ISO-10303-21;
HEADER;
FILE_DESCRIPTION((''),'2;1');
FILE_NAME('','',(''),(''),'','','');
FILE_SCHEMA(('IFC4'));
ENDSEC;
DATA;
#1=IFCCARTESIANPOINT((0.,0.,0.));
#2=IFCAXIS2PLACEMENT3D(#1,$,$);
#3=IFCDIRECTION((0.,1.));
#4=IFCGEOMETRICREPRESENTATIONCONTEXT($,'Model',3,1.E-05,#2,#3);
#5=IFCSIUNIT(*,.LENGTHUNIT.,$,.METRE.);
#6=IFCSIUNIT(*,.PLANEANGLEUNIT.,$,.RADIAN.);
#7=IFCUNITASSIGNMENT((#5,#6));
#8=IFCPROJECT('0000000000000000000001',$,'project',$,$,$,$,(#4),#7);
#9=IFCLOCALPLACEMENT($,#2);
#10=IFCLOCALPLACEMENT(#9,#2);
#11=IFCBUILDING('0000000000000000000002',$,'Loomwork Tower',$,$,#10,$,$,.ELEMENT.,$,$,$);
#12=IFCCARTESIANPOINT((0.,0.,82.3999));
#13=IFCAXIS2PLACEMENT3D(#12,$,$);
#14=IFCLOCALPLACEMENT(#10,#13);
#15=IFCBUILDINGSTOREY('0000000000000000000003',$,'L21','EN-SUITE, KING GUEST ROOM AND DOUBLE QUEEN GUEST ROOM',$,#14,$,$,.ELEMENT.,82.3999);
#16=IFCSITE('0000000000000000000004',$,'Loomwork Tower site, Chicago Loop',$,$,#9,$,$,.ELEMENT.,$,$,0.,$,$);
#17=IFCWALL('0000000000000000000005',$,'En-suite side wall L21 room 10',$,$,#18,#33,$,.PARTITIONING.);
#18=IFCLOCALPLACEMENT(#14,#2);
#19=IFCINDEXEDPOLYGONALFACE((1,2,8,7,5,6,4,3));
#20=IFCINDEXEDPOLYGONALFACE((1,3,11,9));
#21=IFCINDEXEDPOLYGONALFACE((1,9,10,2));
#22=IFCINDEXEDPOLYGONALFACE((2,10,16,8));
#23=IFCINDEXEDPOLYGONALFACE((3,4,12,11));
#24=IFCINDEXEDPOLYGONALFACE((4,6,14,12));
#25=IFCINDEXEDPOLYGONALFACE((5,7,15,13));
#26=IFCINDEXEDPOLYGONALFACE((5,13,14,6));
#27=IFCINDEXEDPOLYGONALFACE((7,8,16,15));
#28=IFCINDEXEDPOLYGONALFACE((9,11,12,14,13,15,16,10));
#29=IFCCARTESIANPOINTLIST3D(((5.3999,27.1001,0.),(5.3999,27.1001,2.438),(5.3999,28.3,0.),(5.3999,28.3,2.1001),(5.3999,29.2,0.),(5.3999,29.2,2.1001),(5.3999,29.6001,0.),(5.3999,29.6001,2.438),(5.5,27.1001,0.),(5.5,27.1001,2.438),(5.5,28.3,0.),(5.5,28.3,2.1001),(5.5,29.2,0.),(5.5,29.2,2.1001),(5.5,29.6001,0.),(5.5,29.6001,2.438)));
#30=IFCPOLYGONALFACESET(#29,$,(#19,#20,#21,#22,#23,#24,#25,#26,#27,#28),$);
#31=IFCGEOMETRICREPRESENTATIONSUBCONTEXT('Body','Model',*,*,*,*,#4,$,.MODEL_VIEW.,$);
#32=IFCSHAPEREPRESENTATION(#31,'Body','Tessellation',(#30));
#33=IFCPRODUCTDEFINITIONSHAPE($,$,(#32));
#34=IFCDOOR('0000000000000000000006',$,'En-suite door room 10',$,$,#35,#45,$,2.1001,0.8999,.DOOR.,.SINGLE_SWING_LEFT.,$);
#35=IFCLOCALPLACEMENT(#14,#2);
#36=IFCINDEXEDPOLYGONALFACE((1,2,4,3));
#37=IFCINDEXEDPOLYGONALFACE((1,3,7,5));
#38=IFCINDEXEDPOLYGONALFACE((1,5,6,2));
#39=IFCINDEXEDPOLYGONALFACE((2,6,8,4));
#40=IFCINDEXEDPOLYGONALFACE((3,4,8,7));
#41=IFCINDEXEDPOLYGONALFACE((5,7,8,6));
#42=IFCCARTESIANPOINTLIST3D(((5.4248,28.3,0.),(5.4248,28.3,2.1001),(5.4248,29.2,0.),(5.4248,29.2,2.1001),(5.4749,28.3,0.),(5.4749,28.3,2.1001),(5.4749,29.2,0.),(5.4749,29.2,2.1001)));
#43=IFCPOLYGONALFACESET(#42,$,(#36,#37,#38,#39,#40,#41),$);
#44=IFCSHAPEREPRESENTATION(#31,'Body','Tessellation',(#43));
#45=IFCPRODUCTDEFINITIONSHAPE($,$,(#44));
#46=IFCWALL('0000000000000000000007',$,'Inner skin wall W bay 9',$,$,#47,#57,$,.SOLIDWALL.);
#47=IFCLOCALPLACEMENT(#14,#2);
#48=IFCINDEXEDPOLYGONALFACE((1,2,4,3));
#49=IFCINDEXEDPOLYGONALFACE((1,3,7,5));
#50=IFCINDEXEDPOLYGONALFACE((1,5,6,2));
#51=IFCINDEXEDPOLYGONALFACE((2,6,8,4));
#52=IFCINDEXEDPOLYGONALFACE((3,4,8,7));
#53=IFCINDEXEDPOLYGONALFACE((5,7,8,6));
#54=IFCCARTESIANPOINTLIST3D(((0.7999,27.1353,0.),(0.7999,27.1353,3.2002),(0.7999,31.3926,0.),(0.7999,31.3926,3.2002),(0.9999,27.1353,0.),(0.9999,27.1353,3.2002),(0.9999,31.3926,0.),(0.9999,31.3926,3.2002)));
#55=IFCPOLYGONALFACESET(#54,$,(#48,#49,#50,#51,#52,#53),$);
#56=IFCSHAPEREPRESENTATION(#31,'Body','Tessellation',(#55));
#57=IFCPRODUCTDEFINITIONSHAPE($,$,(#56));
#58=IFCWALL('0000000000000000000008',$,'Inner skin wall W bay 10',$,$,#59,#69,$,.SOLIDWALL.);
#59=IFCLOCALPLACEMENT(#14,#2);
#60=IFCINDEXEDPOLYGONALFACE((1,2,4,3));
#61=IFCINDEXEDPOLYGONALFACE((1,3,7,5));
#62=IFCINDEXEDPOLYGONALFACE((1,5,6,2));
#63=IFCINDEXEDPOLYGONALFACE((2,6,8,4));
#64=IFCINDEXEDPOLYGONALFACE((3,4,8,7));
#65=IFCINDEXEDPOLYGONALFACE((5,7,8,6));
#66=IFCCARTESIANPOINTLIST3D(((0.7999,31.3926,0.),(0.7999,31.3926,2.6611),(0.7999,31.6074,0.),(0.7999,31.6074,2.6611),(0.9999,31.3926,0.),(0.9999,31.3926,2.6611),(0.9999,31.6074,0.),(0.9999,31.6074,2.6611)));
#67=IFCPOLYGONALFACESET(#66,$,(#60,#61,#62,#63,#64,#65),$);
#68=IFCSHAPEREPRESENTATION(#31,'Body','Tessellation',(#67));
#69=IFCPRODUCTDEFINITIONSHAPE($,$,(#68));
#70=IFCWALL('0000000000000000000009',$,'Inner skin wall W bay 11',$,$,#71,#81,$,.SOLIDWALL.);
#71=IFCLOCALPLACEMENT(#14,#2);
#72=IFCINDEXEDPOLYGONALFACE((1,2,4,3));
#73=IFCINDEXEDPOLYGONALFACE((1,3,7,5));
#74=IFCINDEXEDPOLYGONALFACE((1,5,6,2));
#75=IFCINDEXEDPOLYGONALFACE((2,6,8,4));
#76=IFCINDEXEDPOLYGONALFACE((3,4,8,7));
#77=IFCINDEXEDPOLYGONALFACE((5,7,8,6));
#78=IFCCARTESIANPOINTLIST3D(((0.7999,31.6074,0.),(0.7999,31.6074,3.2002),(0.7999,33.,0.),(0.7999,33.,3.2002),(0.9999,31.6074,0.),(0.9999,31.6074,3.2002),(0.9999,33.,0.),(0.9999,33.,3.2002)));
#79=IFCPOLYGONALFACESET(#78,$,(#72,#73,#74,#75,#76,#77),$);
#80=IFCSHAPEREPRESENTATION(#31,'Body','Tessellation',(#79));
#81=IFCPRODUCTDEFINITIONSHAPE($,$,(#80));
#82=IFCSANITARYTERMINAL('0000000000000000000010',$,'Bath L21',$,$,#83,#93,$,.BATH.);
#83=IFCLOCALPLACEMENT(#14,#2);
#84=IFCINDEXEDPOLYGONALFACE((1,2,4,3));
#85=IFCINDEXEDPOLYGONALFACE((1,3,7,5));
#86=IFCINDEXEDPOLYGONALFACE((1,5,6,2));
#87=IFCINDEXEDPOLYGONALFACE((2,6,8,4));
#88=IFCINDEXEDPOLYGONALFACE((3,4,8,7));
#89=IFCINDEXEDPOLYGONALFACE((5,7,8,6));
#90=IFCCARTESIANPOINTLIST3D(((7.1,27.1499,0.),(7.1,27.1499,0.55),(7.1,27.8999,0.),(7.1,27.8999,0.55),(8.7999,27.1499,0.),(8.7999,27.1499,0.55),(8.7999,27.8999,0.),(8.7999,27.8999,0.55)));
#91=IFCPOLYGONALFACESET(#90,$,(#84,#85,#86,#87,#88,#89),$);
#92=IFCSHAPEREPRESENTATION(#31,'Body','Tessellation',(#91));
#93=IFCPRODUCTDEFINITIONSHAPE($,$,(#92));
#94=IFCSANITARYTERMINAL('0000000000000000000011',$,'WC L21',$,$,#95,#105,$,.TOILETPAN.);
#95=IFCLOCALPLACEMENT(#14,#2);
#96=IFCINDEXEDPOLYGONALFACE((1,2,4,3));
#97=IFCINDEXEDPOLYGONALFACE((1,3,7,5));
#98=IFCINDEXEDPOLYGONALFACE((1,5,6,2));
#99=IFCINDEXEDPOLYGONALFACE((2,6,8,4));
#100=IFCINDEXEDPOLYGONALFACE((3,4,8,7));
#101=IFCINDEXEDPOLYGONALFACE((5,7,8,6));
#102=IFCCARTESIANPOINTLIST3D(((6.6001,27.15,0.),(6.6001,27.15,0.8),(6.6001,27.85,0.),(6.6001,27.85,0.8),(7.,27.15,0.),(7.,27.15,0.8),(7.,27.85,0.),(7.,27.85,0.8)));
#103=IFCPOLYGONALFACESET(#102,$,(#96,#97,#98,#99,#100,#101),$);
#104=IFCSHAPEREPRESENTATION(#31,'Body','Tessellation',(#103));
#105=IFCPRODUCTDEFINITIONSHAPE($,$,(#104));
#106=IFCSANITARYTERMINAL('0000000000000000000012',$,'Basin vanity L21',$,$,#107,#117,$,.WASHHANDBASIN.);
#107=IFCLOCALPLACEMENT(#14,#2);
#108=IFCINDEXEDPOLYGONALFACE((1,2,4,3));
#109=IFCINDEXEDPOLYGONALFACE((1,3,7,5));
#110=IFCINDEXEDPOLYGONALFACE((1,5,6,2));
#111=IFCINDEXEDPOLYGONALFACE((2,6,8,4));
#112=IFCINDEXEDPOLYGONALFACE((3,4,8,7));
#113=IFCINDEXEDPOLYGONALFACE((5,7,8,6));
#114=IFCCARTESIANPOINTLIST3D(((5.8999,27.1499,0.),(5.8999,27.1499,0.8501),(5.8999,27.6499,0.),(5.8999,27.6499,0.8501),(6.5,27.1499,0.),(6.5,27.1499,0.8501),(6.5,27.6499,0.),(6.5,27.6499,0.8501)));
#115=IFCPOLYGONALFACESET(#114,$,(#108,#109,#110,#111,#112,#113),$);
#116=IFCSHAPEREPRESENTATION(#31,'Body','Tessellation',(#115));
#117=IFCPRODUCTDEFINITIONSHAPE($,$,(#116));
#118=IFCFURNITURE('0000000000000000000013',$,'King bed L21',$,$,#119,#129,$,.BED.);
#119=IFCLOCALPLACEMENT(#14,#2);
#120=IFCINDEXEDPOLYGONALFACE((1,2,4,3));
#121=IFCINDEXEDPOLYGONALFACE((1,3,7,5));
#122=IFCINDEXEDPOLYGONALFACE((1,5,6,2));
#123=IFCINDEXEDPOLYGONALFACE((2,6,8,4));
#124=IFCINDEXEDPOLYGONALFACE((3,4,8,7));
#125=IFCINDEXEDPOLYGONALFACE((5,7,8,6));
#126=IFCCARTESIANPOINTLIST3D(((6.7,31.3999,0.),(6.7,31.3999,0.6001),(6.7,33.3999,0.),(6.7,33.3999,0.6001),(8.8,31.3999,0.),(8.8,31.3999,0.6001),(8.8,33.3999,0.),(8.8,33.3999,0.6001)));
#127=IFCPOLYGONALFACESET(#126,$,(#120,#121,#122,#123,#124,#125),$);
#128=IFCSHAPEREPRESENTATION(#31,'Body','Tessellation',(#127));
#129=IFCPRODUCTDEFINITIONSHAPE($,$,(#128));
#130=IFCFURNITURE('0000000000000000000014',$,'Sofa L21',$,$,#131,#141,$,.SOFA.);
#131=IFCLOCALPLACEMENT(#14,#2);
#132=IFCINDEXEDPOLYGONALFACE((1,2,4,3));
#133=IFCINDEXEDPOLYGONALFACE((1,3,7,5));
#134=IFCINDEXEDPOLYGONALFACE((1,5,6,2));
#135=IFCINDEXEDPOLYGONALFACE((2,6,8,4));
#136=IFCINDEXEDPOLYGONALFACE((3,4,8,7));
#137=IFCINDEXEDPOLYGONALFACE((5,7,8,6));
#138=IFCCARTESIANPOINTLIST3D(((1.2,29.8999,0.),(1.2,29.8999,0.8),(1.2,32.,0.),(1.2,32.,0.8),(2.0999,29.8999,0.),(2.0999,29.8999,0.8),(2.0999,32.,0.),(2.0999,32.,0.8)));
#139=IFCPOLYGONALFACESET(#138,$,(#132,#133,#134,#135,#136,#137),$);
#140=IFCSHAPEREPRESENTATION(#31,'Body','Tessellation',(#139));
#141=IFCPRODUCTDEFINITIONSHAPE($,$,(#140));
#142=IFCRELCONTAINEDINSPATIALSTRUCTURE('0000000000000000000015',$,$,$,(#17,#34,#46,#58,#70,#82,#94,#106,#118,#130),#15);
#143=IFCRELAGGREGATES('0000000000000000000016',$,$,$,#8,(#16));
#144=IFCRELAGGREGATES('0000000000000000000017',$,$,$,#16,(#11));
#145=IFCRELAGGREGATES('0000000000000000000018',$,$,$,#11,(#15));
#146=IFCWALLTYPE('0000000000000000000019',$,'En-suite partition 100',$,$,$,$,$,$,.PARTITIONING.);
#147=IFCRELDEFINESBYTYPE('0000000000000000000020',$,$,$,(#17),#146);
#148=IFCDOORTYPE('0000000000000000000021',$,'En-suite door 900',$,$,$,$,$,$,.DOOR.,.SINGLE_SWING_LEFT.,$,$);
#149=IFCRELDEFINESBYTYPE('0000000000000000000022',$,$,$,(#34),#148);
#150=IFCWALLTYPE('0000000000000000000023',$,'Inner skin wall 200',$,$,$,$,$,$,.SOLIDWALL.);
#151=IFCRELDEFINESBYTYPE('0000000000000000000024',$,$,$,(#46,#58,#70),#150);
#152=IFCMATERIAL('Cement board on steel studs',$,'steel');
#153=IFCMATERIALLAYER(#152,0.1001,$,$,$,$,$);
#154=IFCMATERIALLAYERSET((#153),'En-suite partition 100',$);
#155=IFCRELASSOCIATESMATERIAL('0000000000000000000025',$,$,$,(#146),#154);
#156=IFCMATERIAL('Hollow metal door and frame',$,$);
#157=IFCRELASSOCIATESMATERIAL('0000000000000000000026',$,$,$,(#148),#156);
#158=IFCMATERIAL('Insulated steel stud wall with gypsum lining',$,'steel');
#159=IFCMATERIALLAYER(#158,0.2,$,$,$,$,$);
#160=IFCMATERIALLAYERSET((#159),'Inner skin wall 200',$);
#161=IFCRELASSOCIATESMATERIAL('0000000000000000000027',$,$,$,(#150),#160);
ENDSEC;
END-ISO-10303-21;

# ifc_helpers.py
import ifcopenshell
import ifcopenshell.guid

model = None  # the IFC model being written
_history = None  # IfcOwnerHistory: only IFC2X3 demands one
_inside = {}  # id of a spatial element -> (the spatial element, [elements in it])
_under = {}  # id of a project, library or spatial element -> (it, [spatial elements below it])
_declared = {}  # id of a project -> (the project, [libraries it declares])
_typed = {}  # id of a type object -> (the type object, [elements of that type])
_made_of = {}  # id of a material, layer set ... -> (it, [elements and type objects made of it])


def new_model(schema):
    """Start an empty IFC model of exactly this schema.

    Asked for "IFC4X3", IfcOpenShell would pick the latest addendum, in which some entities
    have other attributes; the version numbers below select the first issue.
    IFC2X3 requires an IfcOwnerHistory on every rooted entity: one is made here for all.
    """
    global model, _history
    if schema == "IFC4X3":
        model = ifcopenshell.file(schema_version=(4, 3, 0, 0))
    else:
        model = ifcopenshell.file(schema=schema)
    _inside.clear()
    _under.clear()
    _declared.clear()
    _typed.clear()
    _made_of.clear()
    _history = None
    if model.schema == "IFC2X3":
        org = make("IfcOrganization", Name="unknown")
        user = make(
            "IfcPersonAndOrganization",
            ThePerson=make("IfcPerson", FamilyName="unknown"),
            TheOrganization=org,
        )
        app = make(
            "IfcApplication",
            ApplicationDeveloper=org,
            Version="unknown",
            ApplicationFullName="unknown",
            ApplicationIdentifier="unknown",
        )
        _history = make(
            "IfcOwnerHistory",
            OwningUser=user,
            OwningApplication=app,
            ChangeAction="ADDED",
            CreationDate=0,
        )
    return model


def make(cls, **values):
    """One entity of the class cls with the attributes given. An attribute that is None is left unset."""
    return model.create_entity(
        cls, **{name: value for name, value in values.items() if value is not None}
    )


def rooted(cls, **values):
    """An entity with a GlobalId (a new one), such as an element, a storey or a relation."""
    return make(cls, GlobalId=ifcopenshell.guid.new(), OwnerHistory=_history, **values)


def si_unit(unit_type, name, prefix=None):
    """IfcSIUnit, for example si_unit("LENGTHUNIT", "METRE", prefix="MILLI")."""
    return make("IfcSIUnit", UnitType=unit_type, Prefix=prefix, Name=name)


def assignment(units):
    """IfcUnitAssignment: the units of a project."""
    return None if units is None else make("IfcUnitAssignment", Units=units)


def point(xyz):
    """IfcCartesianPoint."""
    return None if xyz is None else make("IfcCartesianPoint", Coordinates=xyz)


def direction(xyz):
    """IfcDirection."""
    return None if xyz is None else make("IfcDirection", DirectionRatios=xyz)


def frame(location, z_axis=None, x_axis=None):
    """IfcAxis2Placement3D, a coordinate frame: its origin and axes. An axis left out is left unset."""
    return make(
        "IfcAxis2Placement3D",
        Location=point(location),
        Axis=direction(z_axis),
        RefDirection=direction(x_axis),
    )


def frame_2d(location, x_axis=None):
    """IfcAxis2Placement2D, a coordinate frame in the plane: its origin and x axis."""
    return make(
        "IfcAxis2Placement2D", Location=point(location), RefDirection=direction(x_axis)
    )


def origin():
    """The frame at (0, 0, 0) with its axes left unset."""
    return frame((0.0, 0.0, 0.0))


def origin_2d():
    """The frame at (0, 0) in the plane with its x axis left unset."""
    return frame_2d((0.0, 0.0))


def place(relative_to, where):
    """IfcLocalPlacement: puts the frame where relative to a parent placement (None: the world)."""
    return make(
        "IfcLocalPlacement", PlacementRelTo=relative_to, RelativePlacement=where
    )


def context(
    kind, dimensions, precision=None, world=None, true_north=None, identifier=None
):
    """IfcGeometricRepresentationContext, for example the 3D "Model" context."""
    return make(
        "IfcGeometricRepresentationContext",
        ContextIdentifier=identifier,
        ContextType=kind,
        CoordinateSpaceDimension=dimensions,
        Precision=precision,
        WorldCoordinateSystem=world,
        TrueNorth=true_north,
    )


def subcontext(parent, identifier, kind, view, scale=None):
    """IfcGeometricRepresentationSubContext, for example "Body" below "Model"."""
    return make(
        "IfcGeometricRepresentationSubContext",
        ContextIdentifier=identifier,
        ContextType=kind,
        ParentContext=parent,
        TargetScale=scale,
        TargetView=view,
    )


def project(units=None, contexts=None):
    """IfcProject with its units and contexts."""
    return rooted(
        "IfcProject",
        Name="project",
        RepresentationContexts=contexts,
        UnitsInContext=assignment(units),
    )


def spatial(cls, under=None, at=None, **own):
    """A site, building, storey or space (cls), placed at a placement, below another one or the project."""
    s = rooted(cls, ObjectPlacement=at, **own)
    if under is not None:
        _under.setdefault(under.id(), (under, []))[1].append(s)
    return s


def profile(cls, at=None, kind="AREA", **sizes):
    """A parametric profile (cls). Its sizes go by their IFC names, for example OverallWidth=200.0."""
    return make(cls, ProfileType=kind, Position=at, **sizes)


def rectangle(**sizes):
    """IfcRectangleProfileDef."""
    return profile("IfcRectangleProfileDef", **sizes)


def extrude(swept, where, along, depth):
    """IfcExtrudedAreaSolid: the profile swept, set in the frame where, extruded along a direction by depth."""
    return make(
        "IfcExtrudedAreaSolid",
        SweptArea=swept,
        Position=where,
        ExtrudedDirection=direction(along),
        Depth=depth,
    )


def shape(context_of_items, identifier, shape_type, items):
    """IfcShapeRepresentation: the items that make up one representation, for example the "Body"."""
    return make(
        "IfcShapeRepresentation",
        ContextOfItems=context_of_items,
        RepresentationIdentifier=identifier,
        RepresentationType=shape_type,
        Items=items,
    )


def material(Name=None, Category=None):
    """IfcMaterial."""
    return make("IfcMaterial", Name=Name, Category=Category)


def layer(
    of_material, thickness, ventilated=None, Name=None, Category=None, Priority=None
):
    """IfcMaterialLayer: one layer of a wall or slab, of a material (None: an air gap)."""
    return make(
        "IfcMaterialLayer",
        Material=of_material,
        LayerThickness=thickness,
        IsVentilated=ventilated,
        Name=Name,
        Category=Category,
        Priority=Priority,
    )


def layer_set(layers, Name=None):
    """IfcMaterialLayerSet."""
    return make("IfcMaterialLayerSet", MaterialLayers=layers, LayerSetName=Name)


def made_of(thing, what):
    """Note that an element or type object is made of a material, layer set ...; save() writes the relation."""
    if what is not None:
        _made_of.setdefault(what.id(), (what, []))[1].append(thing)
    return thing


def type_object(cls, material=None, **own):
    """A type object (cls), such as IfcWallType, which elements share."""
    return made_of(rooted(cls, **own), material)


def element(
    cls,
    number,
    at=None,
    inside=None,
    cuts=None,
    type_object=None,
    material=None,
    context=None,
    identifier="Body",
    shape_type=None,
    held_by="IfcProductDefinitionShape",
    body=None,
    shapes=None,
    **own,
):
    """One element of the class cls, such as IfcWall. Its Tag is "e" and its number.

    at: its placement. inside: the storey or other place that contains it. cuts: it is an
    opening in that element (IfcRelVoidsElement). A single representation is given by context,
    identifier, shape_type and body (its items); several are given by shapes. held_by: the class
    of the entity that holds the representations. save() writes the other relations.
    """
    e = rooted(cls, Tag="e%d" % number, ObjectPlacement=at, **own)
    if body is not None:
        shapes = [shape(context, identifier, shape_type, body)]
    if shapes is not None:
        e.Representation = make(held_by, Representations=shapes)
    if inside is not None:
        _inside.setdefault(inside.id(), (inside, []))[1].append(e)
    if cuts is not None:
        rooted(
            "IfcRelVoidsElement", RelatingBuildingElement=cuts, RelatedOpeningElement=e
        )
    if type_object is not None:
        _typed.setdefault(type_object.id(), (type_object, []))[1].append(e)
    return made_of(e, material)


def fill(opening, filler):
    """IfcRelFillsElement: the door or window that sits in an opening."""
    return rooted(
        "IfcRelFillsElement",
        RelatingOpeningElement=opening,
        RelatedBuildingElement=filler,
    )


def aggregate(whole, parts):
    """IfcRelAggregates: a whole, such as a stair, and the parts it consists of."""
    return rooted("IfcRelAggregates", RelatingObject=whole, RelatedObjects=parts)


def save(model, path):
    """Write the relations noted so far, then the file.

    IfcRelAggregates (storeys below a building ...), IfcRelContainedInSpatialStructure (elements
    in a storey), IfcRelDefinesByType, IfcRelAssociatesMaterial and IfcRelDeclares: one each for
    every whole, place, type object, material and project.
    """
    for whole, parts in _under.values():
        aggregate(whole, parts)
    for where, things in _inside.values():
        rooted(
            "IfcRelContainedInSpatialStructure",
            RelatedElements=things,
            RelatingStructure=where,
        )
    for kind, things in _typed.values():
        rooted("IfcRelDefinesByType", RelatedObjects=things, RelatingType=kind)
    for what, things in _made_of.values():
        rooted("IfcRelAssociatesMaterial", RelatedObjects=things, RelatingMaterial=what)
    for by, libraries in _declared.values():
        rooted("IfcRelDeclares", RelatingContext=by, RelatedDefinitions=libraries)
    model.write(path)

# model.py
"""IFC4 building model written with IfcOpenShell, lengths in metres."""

from ifc_helpers import new_model, si_unit, direction, frame, frame_2d, origin, origin_2d, place, context, subcontext, project, spatial, rectangle, extrude, material, layer, layer_set, type_object, element, fill, save


model = new_model("IFC4")

# Units and contexts
model_context = context("Model", 3, precision=1e-05, world=origin(), true_north=direction((0.0, 1.0)))
body_context = subcontext(model_context, "Body", "Model", "MODEL_VIEW")
ifc_project = project(units=[si_unit("LENGTHUNIT", "METRE"), si_unit("PLANEANGLEUNIT", "RADIAN")], contexts=[model_context])

# Site, building, storey
site_placement = place(None, origin())
site = spatial("IfcSite", under=ifc_project, at=site_placement, Name="Loomwork Tower site, Chicago Loop", CompositionType="ELEMENT", RefElevation=0.0)
building_placement = place(site_placement, origin())
building = spatial("IfcBuilding", under=site, at=building_placement, Name="Loomwork Tower", CompositionType="ELEMENT")
storey_placement = place(building_placement, frame((0.0, 0.0, 82.3999)))
storey = spatial("IfcBuildingStorey", under=building, at=storey_placement, Name="L21", Description="EN-SUITE, KING GUEST ROOM AND DOUBLE QUEEN GUEST ROOM", CompositionType="ELEMENT", Elevation=82.3999)

# Shared definitions
ifc_material_1 = material(Name="Cement board on steel studs", Category="steel")
ifc_layer_1 = layer(ifc_material_1, 0.1001)
ifc_layer_set_1 = layer_set([ifc_layer_1], Name="En-suite partition 100")
wall_type_1 = type_object("IfcWallType", Name="En-suite partition 100", PredefinedType="PARTITIONING", material=ifc_layer_set_1)

# Wall, opening, door
wall_1_placement = place(storey_placement, frame((5.45, 27.1001, 0.0), z_axis=(0.0, 0.0, 1.0), x_axis=(0.0, 1.0, 0.0)))
wall_1 = element("IfcWall", 1, at=wall_1_placement, inside=storey, type_object=wall_type_1, Name="En-suite side wall L21 room 10", PredefinedType="PARTITIONING", context=body_context, shape_type="SweptSolid", body=[
    extrude(rectangle(XDim=2.5, YDim=0.1001, at=frame_2d((1.25, 0.0))), origin(), (0.0, 0.0, 1.0), 2.438),
])
opening_1_placement = place(wall_1_placement, frame((1.2, 0.0, 0.0)))
opening_1 = element("IfcOpeningElement", 2, at=opening_1_placement, cuts=wall_1, PredefinedType="OPENING", context=body_context, shape_type="SweptSolid", body=[
    extrude(rectangle(XDim=0.8999, YDim=2.1001, at=frame_2d((0.45, 1.05))), frame((0.0, 0.0601, 0.0), z_axis=(0.0, -1.0, 0.0), x_axis=(1.0, 0.0, 0.0)), (0.0, 0.0, 1.0), 0.1201),
])
ifc_material_2 = material(Name="Hollow metal door and frame")
door_type_1 = type_object("IfcDoorType", Name="En-suite door 900", OperationType="SINGLE_SWING_LEFT", PredefinedType="DOOR", material=ifc_material_2)
door_1_placement = place(opening_1_placement, frame((0.8999, 0.0, 0.0), z_axis=(0.0, 0.0, 1.0), x_axis=(-1.0, 0.0, 0.0)))
door_1 = element("IfcDoor", 3, at=door_1_placement, inside=storey, type_object=door_type_1, Name="En-suite door room 10", OperationType="SINGLE_SWING_LEFT", OverallHeight=2.1001, OverallWidth=0.8999, PredefinedType="DOOR", context=body_context, shape_type="SweptSolid", body=[
    extrude(rectangle(XDim=0.8999, YDim=2.1001, at=frame_2d((0.45, 1.05))), frame((0.0, 0.0249, 0.0), z_axis=(0.0, -1.0, 0.0), x_axis=(1.0, 0.0, 0.0)), (0.0, 0.0, 1.0), 0.05),
])
fill(opening_1, door_1)

# Walls
ifc_material_3 = material(Name="Insulated steel stud wall with gypsum lining", Category="steel")
ifc_layer_2 = layer(ifc_material_3, 0.2)
ifc_layer_set_2 = layer_set([ifc_layer_2], Name="Inner skin wall 200")
wall_type_2 = type_object("IfcWallType", Name="Inner skin wall 200", PredefinedType="SOLIDWALL", material=ifc_layer_set_2)
wall_2_placement = place(storey_placement, frame((0.8999, 27.1353, 0.0), z_axis=(0.0, 0.0, 1.0), x_axis=(0.0, 1.0, 0.0)))
element("IfcWall", 4, at=wall_2_placement, inside=storey, type_object=wall_type_2, Name="Inner skin wall W bay 9", PredefinedType="SOLIDWALL", context=body_context, shape_type="SweptSolid", body=[
    extrude(rectangle(XDim=4.2573, YDim=0.2, at=frame_2d((2.1287, 0.0))), origin(), (0.0, 0.0, 1.0), 3.2002),
])
wall_3_placement = place(storey_placement, frame((0.8999, 31.3926, 0.0), z_axis=(0.0, 0.0, 1.0), x_axis=(0.0, 1.0, 0.0)))
element("IfcWall", 5, at=wall_3_placement, inside=storey, type_object=wall_type_2, Name="Inner skin wall W bay 10", PredefinedType="SOLIDWALL", context=body_context, shape_type="SweptSolid", body=[
    extrude(rectangle(XDim=0.2148, YDim=0.2, at=frame_2d((0.1074, 0.0))), origin(), (0.0, 0.0, 1.0), 2.6611),
])
wall_4_placement = place(storey_placement, frame((0.8999, 31.6074, 0.0), z_axis=(0.0, 0.0, 1.0), x_axis=(0.0, 1.0, 0.0)))
element("IfcWall", 6, at=wall_4_placement, inside=storey, type_object=wall_type_2, Name="Inner skin wall W bay 11", PredefinedType="SOLIDWALL", context=body_context, shape_type="SweptSolid", body=[
    extrude(rectangle(XDim=1.3926, YDim=0.2, at=frame_2d((0.6963, 0.0))), origin(), (0.0, 0.0, 1.0), 3.2002),
])

# Sanitary terminals
sanitary_terminal_1_placement = place(storey_placement, frame((7.95, 27.5249, 0.0), z_axis=(0.0, 0.0, 1.0), x_axis=(1.0, 0.0, 0.0)))
element("IfcSanitaryTerminal", 7, at=sanitary_terminal_1_placement, inside=storey, Name="Bath L21", PredefinedType="BATH", context=body_context, shape_type="SweptSolid", body=[
    extrude(rectangle(XDim=1.7, YDim=0.75, at=origin_2d()), origin(), (0.0, 0.0, 1.0), 0.55),
])
sanitary_terminal_2_placement = place(storey_placement, frame((6.8, 27.5, 0.0), z_axis=(0.0, 0.0, 1.0), x_axis=(1.0, 0.0, 0.0)))
element("IfcSanitaryTerminal", 8, at=sanitary_terminal_2_placement, inside=storey, Name="WC L21", PredefinedType="TOILETPAN", context=body_context, shape_type="SweptSolid", body=[
    extrude(rectangle(XDim=0.3999, YDim=0.7, at=origin_2d()), origin(), (0.0, 0.0, 1.0), 0.8),
])
sanitary_terminal_3_placement = place(storey_placement, frame((6.2, 27.3999, 0.0), z_axis=(0.0, 0.0, 1.0), x_axis=(1.0, 0.0, 0.0)))
element("IfcSanitaryTerminal", 9, at=sanitary_terminal_3_placement, inside=storey, Name="Basin vanity L21", PredefinedType="WASHHANDBASIN", context=body_context, shape_type="SweptSolid", body=[
    extrude(rectangle(XDim=0.6001, YDim=0.5, at=origin_2d()), origin(), (0.0, 0.0, 1.0), 0.8501),
])

# Furniture
furniture_1_placement = place(storey_placement, frame((7.75, 32.3999, 0.0), z_axis=(0.0, 0.0, 1.0), x_axis=(1.0, 0.0, 0.0)))
element("IfcFurniture", 10, at=furniture_1_placement, inside=storey, Name="King bed L21", PredefinedType="BED", context=body_context, shape_type="SweptSolid", body=[
    extrude(rectangle(XDim=2.1001, YDim=2.0, at=origin_2d()), origin(), (0.0, 0.0, 1.0), 0.6001),
])
furniture_2_placement = place(storey_placement, frame((1.6499, 30.95, 0.0), z_axis=(0.0, 0.0, 1.0), x_axis=(1.0, 0.0, 0.0)))
element("IfcFurniture", 11, at=furniture_2_placement, inside=storey, Name="Sofa L21", PredefinedType="SOFA", context=body_context, shape_type="SweptSolid", body=[
    extrude(rectangle(XDim=0.8999, YDim=2.1001, at=origin_2d()), origin(), (0.0, 0.0, 1.0), 0.8),
])

save(model, "model.ifc")
